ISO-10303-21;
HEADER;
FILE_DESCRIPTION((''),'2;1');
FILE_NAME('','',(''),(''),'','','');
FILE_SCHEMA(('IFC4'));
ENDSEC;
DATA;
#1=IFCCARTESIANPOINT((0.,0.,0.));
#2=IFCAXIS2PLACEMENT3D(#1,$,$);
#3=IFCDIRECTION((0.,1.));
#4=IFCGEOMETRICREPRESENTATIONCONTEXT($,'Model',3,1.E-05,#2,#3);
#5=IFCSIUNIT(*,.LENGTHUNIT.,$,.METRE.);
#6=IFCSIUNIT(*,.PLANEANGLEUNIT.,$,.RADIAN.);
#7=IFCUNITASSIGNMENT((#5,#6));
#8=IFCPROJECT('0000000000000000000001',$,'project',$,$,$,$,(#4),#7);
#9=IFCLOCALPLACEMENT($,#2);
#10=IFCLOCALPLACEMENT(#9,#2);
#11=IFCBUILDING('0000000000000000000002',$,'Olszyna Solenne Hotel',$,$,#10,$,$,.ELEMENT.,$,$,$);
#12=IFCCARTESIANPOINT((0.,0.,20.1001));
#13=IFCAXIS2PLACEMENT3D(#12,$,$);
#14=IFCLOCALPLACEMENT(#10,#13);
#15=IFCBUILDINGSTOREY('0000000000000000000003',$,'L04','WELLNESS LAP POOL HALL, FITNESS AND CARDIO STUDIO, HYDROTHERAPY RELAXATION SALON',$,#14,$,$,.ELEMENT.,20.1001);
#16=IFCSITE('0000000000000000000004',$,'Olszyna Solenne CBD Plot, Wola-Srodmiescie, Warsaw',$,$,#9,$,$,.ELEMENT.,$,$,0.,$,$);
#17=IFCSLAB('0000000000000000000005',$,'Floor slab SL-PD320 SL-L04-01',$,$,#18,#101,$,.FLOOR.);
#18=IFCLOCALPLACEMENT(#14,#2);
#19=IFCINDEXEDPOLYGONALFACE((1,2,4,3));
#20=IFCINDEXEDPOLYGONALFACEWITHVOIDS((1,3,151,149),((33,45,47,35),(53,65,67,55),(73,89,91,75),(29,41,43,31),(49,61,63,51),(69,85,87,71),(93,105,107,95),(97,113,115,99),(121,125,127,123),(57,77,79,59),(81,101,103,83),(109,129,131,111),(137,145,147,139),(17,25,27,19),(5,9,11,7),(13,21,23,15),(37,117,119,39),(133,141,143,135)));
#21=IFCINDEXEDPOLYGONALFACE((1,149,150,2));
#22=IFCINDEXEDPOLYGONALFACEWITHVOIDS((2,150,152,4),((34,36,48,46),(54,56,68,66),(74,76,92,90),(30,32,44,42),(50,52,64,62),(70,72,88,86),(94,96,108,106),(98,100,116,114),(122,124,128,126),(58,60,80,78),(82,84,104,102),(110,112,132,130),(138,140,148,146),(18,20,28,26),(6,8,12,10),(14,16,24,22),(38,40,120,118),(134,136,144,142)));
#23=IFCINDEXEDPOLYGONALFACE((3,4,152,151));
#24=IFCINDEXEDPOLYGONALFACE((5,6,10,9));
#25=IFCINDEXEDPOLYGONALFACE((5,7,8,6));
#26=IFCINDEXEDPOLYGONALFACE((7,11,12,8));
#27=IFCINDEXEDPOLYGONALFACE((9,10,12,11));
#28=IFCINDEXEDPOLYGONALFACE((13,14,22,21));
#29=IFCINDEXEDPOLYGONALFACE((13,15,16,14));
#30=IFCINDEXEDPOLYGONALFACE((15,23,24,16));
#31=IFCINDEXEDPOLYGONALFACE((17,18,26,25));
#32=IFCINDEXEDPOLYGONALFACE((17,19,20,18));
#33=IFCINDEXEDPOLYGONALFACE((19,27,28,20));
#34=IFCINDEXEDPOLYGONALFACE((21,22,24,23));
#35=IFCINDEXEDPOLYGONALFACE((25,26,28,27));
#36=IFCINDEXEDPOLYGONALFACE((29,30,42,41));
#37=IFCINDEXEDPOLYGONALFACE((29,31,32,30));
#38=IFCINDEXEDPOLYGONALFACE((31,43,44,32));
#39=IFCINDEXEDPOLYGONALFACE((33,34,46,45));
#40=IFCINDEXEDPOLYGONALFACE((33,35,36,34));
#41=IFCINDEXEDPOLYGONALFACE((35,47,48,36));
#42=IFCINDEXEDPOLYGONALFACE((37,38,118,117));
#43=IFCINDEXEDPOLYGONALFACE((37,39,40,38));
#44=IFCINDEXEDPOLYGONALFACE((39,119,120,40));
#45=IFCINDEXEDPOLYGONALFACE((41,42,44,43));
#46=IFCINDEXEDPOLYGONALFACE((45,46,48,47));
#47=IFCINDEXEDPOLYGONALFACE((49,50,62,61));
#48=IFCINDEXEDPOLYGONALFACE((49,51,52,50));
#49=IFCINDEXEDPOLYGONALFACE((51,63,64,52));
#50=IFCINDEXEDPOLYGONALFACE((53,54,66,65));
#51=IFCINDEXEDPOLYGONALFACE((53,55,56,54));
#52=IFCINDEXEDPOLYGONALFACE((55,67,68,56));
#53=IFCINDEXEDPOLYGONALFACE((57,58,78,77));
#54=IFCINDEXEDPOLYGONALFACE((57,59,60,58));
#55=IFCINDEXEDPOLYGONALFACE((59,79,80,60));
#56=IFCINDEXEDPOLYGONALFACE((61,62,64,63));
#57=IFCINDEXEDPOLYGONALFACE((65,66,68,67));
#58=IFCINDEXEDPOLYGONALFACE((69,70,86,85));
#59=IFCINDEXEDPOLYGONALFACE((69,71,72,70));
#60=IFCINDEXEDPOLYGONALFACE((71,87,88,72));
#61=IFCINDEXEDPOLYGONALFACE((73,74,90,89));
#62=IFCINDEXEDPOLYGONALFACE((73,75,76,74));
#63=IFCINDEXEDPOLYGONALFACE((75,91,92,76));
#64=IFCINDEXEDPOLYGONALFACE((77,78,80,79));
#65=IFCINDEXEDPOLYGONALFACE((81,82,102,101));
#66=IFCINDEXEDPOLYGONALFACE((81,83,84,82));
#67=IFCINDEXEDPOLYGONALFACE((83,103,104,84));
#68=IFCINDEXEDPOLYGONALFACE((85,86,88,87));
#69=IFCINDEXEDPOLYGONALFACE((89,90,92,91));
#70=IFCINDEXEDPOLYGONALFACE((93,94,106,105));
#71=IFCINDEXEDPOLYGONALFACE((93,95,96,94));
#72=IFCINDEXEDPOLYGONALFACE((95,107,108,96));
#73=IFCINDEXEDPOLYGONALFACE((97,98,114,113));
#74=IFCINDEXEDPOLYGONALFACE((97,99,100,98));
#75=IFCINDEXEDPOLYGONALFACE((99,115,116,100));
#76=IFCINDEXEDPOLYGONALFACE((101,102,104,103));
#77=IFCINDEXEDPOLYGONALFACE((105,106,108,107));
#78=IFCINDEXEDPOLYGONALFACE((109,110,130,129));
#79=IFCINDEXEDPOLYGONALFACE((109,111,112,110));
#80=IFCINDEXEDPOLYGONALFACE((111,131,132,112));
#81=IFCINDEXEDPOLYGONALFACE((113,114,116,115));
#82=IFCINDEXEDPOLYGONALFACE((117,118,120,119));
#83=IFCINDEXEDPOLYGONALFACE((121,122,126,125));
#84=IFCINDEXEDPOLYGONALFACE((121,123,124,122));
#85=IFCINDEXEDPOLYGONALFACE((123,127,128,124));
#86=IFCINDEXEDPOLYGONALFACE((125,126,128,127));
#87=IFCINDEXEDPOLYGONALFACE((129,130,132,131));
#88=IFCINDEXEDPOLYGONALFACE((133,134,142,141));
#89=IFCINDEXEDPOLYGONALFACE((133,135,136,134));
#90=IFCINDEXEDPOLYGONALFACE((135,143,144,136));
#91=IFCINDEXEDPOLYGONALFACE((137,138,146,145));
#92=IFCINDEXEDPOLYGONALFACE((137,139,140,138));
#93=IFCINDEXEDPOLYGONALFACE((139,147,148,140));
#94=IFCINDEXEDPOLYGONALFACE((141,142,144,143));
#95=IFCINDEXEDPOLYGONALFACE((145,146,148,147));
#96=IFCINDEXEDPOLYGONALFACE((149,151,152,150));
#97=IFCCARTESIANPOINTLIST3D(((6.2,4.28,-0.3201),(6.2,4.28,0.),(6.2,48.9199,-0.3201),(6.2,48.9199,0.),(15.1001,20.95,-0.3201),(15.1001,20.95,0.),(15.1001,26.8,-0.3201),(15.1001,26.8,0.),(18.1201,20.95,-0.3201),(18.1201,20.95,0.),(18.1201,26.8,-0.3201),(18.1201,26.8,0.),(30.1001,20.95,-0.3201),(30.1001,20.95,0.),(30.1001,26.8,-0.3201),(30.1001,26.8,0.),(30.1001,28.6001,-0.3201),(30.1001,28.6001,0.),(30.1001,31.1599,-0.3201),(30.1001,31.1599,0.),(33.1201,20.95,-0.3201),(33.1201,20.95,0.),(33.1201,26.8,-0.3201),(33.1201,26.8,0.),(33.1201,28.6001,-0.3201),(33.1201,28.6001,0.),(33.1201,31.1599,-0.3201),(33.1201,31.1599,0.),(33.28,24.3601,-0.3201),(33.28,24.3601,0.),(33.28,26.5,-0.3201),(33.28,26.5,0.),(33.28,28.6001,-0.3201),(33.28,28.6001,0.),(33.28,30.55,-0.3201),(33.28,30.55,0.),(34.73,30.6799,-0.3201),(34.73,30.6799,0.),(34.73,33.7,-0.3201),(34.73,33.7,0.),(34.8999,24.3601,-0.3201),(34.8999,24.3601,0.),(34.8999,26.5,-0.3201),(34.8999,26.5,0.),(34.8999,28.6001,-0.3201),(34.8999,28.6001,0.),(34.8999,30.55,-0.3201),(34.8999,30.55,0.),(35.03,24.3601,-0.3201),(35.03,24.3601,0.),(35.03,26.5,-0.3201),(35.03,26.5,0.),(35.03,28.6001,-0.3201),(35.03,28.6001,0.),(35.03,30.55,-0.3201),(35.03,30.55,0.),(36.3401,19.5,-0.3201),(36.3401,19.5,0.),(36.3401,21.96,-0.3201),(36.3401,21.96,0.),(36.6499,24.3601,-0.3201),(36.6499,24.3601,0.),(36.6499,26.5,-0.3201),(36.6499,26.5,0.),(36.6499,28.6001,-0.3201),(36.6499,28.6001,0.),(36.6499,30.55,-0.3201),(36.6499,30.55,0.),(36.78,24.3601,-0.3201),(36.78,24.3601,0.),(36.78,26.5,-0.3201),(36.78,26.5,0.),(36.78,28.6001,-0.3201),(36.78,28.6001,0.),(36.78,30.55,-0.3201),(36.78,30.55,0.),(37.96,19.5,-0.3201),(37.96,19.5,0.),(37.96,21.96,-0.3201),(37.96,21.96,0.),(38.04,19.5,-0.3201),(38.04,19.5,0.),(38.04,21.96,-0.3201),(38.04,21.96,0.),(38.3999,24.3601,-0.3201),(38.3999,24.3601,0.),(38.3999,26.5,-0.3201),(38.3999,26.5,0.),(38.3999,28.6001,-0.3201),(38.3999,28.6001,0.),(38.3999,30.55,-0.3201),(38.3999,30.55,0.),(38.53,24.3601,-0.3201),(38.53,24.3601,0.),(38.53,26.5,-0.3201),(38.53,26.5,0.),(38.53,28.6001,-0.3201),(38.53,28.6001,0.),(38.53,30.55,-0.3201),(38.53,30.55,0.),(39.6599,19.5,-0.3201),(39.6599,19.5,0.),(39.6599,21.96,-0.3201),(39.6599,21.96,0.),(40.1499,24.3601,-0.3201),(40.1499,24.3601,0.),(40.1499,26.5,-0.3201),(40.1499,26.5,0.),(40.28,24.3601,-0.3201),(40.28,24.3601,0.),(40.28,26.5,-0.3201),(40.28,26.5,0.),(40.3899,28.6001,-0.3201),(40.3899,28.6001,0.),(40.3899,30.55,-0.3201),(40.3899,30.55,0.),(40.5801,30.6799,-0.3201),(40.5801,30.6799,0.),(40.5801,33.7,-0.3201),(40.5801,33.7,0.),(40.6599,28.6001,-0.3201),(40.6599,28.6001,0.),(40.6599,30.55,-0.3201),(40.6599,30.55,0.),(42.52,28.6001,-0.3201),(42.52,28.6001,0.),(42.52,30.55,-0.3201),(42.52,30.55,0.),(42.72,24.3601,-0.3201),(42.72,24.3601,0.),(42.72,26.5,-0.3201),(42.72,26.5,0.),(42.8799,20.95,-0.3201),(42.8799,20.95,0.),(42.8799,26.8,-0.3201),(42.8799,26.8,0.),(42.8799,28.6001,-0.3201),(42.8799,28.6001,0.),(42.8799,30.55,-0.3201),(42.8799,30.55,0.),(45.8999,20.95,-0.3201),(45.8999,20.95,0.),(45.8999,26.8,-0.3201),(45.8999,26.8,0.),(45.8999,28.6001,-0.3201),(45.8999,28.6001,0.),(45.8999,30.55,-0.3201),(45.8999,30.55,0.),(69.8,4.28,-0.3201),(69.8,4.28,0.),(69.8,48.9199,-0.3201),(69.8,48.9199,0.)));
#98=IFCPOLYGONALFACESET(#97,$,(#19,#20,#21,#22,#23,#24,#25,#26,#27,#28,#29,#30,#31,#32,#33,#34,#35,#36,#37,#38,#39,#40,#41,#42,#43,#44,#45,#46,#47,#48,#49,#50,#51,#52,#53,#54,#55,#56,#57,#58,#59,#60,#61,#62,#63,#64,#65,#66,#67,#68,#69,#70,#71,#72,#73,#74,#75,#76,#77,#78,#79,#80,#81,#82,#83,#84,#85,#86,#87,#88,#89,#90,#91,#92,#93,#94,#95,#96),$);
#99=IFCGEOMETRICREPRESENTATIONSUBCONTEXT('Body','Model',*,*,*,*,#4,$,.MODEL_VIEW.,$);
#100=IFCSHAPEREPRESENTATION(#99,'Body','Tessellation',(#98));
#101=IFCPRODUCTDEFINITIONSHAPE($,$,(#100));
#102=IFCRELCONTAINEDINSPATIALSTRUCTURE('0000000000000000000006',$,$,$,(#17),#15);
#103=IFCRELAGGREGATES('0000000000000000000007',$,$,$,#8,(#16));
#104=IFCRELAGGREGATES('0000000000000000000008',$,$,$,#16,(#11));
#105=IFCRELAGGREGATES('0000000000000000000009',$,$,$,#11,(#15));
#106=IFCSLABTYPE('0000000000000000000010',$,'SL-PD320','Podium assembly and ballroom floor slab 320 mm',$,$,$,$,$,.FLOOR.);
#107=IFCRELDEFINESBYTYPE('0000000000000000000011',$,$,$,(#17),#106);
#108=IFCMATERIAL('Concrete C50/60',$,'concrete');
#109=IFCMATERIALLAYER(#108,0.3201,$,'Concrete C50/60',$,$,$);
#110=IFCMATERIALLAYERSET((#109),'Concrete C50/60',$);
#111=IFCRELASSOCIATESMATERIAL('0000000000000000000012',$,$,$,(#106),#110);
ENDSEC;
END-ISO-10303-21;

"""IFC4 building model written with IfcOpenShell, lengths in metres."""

from ifc_helpers import new_model, si_unit, direction, frame, origin, place, context, subcontext, project, spatial, polyline, outline, extrude, material, layer, layer_set, type_object, element, save


model = new_model("IFC4")

# Units and contexts
model_context = context("Model", 3, precision=1e-05, world=origin(), true_north=direction((0.0, 1.0)))
body_context = subcontext(model_context, "Body", "Model", "MODEL_VIEW")
ifc_project = project(units=[si_unit("LENGTHUNIT", "METRE"), si_unit("PLANEANGLEUNIT", "RADIAN")], contexts=[model_context])

# Site, building, storey
site_placement = place(None, origin())
site = spatial("IfcSite", under=ifc_project, at=site_placement, Name="Olszyna Solenne CBD Plot, Wola-Srodmiescie, Warsaw", CompositionType="ELEMENT", RefElevation=0.0)
building_placement = place(site_placement, origin())
building = spatial("IfcBuilding", under=site, at=building_placement, Name="Olszyna Solenne Hotel", CompositionType="ELEMENT")
storey_placement = place(building_placement, frame((0.0, 0.0, 20.1001)))
storey = spatial("IfcBuildingStorey", under=building, at=storey_placement, Name="L04", Description="WELLNESS LAP POOL HALL, FITNESS AND CARDIO STUDIO, HYDROTHERAPY RELAXATION SALON", CompositionType="ELEMENT", Elevation=20.1001)

# Shared definitions
ifc_material_1 = material(Name="Concrete C50/60", Category="concrete")

# Slab
ifc_layer_1 = layer(ifc_material_1, 0.3201, Name="Concrete C50/60")
ifc_layer_set_1 = layer_set([ifc_layer_1], Name="Concrete C50/60")
slab_type_1 = type_object("IfcSlabType", Name="SL-PD320", Description="Podium assembly and ballroom floor slab 320 mm", PredefinedType="FLOOR", material=ifc_layer_set_1)
slab_1_placement = place(storey_placement, frame((0.0, 0.0, -0.3201)))
element("IfcSlab", 1, at=slab_1_placement, inside=storey, type_object=slab_type_1, Name="Floor slab SL-PD320 SL-L04-01", PredefinedType="FLOOR", context=body_context, shape_type="SweptSolid", body=[
    extrude(outline(polyline([(6.2, 4.28), (69.8, 4.28), (69.8, 48.9199), (6.2, 48.9199), (6.2, 4.28)]), holes=[polyline([(30.1001, 20.95), (33.1201, 20.95), (33.1201, 26.8), (30.1001, 26.8), (30.1001, 20.95)]), polyline([(42.8799, 20.95), (45.8999, 20.95), (45.8999, 26.8), (42.8799, 26.8), (42.8799, 20.95)]), polyline([(34.73, 30.6799), (40.5801, 30.6799), (40.5801, 33.7), (34.73, 33.7), (34.73, 30.6799)]), polyline([(15.1001, 20.95), (18.1201, 20.95), (18.1201, 26.8), (15.1001, 26.8), (15.1001, 20.95)]), polyline([(36.3401, 19.5), (37.96, 19.5), (37.96, 21.96), (36.3401, 21.96), (36.3401, 19.5)]), polyline([(38.04, 19.5), (39.6599, 19.5), (39.6599, 21.96), (38.04, 21.96), (38.04, 19.5)]), polyline([(30.1001, 28.6001), (33.1201, 28.6001), (33.1201, 31.1599), (30.1001, 31.1599), (30.1001, 28.6001)]), polyline([(33.28, 24.3601), (34.8999, 24.3601), (34.8999, 26.5), (33.28, 26.5), (33.28, 24.3601)]), polyline([(35.03, 24.3601), (36.6499, 24.3601), (36.6499, 26.5), (35.03, 26.5), (35.03, 24.3601)]), polyline([(36.78, 24.3601), (38.3999, 24.3601), (38.3999, 26.5), (36.78, 26.5), (36.78, 24.3601)]), polyline([(38.53, 24.3601), (40.1499, 24.3601), (40.1499, 26.5), (38.53, 26.5), (38.53, 24.3601)]), polyline([(40.28, 24.3601), (42.72, 24.3601), (42.72, 26.5), (40.28, 26.5), (40.28, 24.3601)]), polyline([(33.28, 28.6001), (34.8999, 28.6001), (34.8999, 30.55), (33.28, 30.55), (33.28, 28.6001)]), polyline([(35.03, 28.6001), (36.6499, 28.6001), (36.6499, 30.55), (35.03, 30.55), (35.03, 28.6001)]), polyline([(36.78, 28.6001), (38.3999, 28.6001), (38.3999, 30.55), (36.78, 30.55), (36.78, 28.6001)]), polyline([(38.53, 28.6001), (40.3899, 28.6001), (40.3899, 30.55), (38.53, 30.55), (38.53, 28.6001)]), polyline([(40.6599, 28.6001), (42.52, 28.6001), (42.52, 30.55), (40.6599, 30.55), (40.6599, 28.6001)]), polyline([(42.8799, 28.6001), (45.8999, 28.6001), (45.8999, 30.55), (42.8799, 30.55), (42.8799, 28.6001)])]), origin(), (0.0, 0.0, 1.0), 0.3201),
])

save(model, "model.ifc")
